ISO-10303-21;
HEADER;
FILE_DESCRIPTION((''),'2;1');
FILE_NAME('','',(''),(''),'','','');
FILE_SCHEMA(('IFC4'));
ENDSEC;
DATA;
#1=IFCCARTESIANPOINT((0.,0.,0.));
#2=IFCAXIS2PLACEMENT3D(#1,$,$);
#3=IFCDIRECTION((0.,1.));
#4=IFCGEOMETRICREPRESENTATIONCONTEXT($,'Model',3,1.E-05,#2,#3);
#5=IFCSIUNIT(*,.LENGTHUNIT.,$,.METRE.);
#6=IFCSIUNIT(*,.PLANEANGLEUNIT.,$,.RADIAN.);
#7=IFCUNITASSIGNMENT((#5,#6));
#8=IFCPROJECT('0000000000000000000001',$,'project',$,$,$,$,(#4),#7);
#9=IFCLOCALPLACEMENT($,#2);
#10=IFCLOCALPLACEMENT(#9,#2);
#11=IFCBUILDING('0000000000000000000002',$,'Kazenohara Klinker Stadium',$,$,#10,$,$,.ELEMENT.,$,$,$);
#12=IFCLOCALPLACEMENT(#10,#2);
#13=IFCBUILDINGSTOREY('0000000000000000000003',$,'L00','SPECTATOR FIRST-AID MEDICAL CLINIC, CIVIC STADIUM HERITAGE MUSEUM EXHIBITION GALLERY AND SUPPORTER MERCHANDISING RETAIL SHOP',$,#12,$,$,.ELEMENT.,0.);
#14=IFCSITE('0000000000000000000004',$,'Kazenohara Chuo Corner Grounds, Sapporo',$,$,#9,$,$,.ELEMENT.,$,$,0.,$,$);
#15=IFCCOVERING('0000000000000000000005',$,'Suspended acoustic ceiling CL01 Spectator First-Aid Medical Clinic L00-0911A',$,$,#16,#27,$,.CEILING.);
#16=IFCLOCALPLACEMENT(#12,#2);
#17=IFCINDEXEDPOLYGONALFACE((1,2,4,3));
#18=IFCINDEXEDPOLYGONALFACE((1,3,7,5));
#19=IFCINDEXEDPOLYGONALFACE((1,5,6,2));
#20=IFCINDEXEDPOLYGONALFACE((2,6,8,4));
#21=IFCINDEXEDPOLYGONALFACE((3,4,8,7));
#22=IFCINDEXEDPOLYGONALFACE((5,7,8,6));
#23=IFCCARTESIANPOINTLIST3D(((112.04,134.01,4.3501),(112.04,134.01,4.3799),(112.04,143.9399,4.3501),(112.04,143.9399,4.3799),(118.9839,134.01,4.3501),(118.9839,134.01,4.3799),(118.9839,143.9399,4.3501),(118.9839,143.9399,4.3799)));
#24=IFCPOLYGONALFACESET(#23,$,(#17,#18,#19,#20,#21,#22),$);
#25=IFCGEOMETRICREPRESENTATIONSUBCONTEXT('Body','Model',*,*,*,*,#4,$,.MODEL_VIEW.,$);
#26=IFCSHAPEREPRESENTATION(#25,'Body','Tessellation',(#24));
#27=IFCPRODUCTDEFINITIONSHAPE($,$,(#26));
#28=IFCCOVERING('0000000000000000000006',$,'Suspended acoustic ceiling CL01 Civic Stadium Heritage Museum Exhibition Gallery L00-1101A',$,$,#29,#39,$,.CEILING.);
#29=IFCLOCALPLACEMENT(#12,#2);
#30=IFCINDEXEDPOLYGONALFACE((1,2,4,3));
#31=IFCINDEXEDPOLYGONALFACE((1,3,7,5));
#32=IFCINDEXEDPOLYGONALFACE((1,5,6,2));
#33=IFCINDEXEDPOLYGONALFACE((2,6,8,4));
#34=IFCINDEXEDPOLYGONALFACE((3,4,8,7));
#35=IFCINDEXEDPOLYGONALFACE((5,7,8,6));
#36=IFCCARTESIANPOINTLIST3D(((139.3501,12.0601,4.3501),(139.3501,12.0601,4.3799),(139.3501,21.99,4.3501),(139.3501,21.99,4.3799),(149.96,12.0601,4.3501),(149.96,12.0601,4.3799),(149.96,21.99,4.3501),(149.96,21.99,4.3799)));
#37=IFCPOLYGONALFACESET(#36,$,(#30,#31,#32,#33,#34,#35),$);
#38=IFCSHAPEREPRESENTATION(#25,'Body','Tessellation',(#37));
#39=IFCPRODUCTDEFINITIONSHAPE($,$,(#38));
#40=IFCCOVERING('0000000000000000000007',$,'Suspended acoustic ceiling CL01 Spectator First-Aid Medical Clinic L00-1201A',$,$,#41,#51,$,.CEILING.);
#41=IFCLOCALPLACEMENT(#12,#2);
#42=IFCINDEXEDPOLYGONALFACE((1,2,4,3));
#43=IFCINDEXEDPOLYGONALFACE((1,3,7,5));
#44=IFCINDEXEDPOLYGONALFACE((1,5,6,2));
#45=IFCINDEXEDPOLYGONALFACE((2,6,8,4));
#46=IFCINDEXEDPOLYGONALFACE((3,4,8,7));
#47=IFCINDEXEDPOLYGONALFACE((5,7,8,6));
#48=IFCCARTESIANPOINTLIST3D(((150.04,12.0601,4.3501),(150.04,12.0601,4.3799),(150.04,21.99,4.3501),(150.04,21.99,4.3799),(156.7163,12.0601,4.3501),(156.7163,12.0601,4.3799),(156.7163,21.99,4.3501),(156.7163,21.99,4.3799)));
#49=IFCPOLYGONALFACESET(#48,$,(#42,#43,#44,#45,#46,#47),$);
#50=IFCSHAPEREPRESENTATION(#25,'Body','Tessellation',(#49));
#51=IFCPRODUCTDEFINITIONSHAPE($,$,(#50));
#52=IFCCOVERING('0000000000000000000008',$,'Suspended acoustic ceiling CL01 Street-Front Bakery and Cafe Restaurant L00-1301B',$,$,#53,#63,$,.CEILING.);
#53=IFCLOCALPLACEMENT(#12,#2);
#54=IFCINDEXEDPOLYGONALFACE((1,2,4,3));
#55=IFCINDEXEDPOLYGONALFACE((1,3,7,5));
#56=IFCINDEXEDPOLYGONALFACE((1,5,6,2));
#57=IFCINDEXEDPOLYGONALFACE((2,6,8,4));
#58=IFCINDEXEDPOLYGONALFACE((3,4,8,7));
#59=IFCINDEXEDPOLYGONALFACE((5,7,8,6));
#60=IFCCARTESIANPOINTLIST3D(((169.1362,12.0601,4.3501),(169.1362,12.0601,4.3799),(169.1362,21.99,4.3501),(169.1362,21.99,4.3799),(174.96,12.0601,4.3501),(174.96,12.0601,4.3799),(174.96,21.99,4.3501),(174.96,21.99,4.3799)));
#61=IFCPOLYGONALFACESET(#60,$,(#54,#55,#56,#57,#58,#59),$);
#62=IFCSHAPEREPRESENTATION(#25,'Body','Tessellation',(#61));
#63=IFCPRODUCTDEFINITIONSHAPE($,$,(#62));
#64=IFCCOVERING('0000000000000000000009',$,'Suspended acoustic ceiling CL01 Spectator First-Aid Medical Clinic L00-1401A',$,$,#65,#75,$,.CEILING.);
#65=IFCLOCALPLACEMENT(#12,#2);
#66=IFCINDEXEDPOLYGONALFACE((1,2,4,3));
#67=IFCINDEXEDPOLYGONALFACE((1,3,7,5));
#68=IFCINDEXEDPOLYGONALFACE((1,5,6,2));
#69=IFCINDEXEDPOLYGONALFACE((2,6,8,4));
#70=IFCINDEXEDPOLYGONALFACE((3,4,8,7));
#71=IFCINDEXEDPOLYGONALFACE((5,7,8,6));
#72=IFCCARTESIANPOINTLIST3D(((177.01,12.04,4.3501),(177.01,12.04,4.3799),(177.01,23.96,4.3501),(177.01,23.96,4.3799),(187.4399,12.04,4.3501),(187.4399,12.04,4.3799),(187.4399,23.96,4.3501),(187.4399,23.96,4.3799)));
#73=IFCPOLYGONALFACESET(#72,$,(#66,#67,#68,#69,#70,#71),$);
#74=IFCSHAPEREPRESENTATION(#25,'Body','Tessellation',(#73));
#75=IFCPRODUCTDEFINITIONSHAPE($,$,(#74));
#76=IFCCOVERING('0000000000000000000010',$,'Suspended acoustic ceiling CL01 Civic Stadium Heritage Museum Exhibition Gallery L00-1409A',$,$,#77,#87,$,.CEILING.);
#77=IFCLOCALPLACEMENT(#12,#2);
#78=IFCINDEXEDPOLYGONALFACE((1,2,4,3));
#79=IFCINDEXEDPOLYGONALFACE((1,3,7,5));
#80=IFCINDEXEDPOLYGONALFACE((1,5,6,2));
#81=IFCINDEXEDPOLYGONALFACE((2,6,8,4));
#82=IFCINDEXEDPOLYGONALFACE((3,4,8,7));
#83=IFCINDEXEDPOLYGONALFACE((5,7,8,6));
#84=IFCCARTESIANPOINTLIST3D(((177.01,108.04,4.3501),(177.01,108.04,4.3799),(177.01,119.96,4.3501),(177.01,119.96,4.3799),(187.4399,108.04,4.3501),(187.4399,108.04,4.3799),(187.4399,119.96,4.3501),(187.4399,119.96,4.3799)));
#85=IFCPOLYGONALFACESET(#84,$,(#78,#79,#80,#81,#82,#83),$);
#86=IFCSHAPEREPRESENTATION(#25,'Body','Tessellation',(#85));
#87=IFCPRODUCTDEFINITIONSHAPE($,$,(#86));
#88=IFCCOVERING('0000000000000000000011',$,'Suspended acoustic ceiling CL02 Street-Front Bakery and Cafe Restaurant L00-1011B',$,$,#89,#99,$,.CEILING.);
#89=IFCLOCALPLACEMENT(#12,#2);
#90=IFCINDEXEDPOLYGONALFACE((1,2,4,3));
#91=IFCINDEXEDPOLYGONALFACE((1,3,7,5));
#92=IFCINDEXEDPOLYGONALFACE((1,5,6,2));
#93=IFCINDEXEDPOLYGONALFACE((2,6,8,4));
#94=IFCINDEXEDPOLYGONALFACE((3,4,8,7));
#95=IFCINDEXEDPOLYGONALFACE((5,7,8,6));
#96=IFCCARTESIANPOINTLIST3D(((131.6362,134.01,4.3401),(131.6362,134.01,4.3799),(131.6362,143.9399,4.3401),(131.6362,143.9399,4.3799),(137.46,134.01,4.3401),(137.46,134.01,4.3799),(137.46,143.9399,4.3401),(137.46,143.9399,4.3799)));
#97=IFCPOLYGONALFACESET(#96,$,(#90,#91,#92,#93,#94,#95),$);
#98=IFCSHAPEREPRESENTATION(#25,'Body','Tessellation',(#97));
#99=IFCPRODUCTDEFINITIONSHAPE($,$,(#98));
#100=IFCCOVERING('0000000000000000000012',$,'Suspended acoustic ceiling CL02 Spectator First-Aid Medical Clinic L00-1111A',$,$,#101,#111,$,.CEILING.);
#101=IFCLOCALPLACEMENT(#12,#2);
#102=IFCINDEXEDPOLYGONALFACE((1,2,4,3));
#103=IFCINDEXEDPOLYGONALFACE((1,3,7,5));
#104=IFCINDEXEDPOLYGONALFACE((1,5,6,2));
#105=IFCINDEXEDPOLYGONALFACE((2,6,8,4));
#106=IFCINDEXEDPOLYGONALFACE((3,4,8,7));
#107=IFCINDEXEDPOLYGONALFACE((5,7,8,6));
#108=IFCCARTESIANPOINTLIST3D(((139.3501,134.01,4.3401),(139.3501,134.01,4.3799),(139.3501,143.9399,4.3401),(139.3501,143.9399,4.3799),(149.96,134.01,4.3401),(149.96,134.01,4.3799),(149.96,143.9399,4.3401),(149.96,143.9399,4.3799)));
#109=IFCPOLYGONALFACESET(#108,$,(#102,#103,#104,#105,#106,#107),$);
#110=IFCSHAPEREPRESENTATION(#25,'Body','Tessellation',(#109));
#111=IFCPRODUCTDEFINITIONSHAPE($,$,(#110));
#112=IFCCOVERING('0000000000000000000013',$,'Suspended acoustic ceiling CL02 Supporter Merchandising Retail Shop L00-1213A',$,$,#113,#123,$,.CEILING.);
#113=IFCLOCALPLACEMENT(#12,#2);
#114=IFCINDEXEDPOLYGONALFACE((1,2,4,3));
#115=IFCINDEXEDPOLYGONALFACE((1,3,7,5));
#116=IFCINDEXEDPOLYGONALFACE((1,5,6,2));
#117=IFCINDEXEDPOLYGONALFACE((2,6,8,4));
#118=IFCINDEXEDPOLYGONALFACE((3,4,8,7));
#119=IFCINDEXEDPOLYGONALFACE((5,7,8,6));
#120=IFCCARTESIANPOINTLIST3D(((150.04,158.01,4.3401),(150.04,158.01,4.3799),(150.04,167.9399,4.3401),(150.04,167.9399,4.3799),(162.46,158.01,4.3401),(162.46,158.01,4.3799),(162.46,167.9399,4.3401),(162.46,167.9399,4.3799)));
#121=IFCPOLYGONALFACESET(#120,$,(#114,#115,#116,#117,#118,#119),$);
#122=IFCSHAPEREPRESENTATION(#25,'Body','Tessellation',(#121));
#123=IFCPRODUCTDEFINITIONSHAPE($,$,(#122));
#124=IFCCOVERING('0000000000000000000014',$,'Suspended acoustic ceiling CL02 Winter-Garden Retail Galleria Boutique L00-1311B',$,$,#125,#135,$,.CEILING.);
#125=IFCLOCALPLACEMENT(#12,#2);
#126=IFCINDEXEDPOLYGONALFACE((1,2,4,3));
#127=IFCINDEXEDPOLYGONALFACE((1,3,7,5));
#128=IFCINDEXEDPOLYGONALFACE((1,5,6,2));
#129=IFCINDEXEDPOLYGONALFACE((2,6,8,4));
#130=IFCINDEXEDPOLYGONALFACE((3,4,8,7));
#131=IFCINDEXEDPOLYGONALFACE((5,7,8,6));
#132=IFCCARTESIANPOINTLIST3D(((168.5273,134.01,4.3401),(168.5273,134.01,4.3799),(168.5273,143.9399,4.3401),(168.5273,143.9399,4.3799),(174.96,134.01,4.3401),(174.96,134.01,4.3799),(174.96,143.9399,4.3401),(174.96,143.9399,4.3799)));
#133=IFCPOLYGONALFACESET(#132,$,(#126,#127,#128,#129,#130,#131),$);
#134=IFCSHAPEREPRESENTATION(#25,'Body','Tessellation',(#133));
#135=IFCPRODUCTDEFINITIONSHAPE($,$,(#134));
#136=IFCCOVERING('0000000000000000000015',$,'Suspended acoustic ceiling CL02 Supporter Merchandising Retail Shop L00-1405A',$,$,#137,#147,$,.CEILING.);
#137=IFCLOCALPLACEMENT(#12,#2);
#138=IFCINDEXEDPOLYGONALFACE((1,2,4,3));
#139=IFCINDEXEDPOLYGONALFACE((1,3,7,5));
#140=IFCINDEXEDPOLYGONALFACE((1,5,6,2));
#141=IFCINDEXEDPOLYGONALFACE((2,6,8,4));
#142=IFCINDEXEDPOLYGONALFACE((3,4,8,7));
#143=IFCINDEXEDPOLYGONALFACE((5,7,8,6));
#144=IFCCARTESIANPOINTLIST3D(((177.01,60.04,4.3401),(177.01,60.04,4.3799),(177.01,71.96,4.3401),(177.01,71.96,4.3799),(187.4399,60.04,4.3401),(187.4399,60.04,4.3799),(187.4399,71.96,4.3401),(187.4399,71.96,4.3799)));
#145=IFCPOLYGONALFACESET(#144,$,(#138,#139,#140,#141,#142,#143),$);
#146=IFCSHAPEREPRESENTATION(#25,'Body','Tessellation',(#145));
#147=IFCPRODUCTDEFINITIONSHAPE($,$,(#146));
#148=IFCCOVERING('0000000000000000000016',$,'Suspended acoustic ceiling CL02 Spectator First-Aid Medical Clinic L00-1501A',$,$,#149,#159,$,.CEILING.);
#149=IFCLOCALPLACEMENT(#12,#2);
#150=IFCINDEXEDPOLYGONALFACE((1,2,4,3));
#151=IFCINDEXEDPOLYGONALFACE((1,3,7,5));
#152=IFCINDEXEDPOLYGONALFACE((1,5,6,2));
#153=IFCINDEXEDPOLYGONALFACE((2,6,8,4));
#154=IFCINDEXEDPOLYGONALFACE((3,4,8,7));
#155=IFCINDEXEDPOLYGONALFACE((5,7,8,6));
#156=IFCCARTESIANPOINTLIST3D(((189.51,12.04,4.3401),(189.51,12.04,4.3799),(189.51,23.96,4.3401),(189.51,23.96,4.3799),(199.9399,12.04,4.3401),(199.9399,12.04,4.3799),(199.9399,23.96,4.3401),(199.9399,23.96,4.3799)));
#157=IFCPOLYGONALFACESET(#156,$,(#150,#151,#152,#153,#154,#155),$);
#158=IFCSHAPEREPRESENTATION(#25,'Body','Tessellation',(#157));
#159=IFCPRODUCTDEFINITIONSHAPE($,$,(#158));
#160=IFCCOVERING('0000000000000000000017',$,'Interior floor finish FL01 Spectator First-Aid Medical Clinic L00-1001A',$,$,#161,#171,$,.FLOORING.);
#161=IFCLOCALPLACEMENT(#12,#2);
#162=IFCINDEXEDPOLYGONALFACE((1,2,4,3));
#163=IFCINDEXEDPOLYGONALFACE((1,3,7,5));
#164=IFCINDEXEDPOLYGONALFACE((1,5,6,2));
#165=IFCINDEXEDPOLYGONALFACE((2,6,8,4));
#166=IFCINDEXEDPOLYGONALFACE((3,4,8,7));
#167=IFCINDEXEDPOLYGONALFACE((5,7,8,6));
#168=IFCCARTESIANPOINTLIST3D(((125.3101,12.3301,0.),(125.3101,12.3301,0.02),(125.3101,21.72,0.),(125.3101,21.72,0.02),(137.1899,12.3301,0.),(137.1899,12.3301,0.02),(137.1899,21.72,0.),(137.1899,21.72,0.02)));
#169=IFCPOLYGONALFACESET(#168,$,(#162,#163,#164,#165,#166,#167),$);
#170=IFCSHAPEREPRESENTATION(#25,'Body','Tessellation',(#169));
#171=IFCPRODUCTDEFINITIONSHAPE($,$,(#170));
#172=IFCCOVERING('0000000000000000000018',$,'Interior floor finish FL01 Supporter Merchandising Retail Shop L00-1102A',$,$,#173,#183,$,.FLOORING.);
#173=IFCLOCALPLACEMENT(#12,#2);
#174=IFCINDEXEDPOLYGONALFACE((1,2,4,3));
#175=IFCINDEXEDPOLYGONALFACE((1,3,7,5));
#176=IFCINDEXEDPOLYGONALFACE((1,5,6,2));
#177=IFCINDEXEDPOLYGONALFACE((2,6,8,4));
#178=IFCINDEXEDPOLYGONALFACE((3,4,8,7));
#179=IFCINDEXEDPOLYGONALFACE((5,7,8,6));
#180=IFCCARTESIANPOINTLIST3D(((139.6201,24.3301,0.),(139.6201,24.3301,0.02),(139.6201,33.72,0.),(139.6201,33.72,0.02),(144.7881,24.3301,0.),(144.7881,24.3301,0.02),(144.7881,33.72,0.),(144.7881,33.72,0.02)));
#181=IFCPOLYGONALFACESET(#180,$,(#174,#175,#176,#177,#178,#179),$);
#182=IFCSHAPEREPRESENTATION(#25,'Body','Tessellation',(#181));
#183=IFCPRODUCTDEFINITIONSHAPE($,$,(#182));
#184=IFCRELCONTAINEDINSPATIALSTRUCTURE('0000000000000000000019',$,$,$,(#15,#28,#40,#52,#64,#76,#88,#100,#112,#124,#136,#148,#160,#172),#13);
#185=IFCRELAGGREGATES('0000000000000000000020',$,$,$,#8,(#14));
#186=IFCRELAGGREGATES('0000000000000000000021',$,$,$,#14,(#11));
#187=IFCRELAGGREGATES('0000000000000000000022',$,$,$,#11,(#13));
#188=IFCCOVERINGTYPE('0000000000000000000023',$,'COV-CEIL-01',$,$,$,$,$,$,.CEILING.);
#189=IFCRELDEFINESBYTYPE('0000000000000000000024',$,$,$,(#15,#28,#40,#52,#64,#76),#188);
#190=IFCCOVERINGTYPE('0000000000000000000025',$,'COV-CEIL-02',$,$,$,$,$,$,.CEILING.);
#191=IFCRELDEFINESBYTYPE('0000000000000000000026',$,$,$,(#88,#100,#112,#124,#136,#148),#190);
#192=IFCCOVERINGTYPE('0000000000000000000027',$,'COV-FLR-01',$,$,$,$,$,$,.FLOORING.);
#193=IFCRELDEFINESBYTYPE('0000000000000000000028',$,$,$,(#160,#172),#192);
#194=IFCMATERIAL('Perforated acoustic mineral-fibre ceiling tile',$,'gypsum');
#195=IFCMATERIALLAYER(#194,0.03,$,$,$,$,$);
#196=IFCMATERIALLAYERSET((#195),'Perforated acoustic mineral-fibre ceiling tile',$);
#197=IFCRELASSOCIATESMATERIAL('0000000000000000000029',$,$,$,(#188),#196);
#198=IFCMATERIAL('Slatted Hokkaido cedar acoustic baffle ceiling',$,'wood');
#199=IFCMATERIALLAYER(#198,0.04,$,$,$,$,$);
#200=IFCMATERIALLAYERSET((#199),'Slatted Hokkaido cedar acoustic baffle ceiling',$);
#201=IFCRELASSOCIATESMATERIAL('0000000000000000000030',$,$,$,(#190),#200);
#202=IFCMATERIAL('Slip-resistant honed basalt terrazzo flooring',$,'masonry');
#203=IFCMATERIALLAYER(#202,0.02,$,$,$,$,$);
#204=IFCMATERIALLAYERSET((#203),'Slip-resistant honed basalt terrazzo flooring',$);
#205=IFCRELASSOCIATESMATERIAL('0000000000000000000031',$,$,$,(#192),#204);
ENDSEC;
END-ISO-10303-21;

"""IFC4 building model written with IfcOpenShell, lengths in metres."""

from ifc_helpers import new_model, si_unit, direction, frame, origin, place, context, subcontext, project, spatial, polyline, outline, extrude, material, layer, layer_set, type_object, element, save


model = new_model("IFC4")

# Units and contexts
model_context = context("Model", 3, precision=1e-05, world=origin(), true_north=direction((0.0, 1.0)))
body_context = subcontext(model_context, "Body", "Model", "MODEL_VIEW")
ifc_project = project(units=[si_unit("LENGTHUNIT", "METRE"), si_unit("PLANEANGLEUNIT", "RADIAN")], contexts=[model_context])

# Site, building, storey
site_placement = place(None, origin())
site = spatial("IfcSite", under=ifc_project, at=site_placement, Name="Kazenohara Chuo Corner Grounds, Sapporo", CompositionType="ELEMENT", RefElevation=0.0)
building_placement = place(site_placement, origin())
building = spatial("IfcBuilding", under=site, at=building_placement, Name="Kazenohara Klinker Stadium", CompositionType="ELEMENT")
storey_placement = place(building_placement, origin())
storey = spatial("IfcBuildingStorey", under=building, at=storey_placement, Name="L00", Description="SPECTATOR FIRST-AID MEDICAL CLINIC, CIVIC STADIUM HERITAGE MUSEUM EXHIBITION GALLERY AND SUPPORTER MERCHANDISING RETAIL SHOP", CompositionType="ELEMENT", Elevation=0.0)

# Coverings
ifc_material_1 = material(Name="Perforated acoustic mineral-fibre ceiling tile", Category="gypsum")
ifc_layer_1 = layer(ifc_material_1, 0.03)
ifc_layer_set_1 = layer_set([ifc_layer_1], Name="Perforated acoustic mineral-fibre ceiling tile")
covering_type_1 = type_object("IfcCoveringType", Name="COV-CEIL-01", PredefinedType="CEILING", material=ifc_layer_set_1)
covering_1_placement = place(storey_placement, frame((0.0, 0.0, 4.3501)))
element("IfcCovering", 1, at=covering_1_placement, inside=storey, type_object=covering_type_1, Name="Suspended acoustic ceiling CL01 Spectator First-Aid Medical Clinic L00-0911A", PredefinedType="CEILING", context=body_context, shape_type="SweptSolid", body=[
    extrude(outline(polyline([(112.04, 134.01), (118.9839, 134.01), (118.9839, 143.9399), (112.04, 143.9399), (112.04, 134.01)])), origin(), (0.0, 0.0, 1.0), 0.0298),
])
covering_2_placement = place(storey_placement, frame((0.0, 0.0, 4.3501)))
element("IfcCovering", 2, at=covering_2_placement, inside=storey, type_object=covering_type_1, Name="Suspended acoustic ceiling CL01 Civic Stadium Heritage Museum Exhibition Gallery L00-1101A", PredefinedType="CEILING", context=body_context, shape_type="SweptSolid", body=[
    extrude(outline(polyline([(139.3501, 12.0601), (149.96, 12.0601), (149.96, 21.99), (139.3501, 21.99), (139.3501, 12.0601)])), origin(), (0.0, 0.0, 1.0), 0.0298),
])
covering_3_placement = place(storey_placement, frame((0.0, 0.0, 4.3501)))
element("IfcCovering", 3, at=covering_3_placement, inside=storey, type_object=covering_type_1, Name="Suspended acoustic ceiling CL01 Spectator First-Aid Medical Clinic L00-1201A", PredefinedType="CEILING", context=body_context, shape_type="SweptSolid", body=[
    extrude(outline(polyline([(150.04, 12.0601), (156.7163, 12.0601), (156.7163, 21.99), (150.04, 21.99), (150.04, 12.0601)])), origin(), (0.0, 0.0, 1.0), 0.0298),
])
covering_4_placement = place(storey_placement, frame((0.0, 0.0, 4.3501)))
element("IfcCovering", 4, at=covering_4_placement, inside=storey, type_object=covering_type_1, Name="Suspended acoustic ceiling CL01 Street-Front Bakery and Cafe Restaurant L00-1301B", PredefinedType="CEILING", context=body_context, shape_type="SweptSolid", body=[
    extrude(outline(polyline([(169.1362, 12.0601), (174.96, 12.0601), (174.96, 21.99), (169.1362, 21.99), (169.1362, 12.0601)])), origin(), (0.0, 0.0, 1.0), 0.0298),
])
covering_5_placement = place(storey_placement, frame((0.0, 0.0, 4.3501)))
element("IfcCovering", 5, at=covering_5_placement, inside=storey, type_object=covering_type_1, Name="Suspended acoustic ceiling CL01 Spectator First-Aid Medical Clinic L00-1401A", PredefinedType="CEILING", context=body_context, shape_type="SweptSolid", body=[
    extrude(outline(polyline([(177.01, 12.04), (187.4399, 12.04), (187.4399, 23.96), (177.01, 23.96), (177.01, 12.04)])), origin(), (0.0, 0.0, 1.0), 0.0298),
])
covering_6_placement = place(storey_placement, frame((0.0, 0.0, 4.3501)))
element("IfcCovering", 6, at=covering_6_placement, inside=storey, type_object=covering_type_1, Name="Suspended acoustic ceiling CL01 Civic Stadium Heritage Museum Exhibition Gallery L00-1409A", PredefinedType="CEILING", context=body_context, shape_type="SweptSolid", body=[
    extrude(outline(polyline([(177.01, 108.04), (187.4399, 108.04), (187.4399, 119.96), (177.01, 119.96), (177.01, 108.04)])), origin(), (0.0, 0.0, 1.0), 0.0298),
])
ifc_material_2 = material(Name="Slatted Hokkaido cedar acoustic baffle ceiling", Category="wood")
ifc_layer_2 = layer(ifc_material_2, 0.04)
ifc_layer_set_2 = layer_set([ifc_layer_2], Name="Slatted Hokkaido cedar acoustic baffle ceiling")
covering_type_2 = type_object("IfcCoveringType", Name="COV-CEIL-02", PredefinedType="CEILING", material=ifc_layer_set_2)
covering_7_placement = place(storey_placement, frame((0.0, 0.0, 4.3401)))
element("IfcCovering", 7, at=covering_7_placement, inside=storey, type_object=covering_type_2, Name="Suspended acoustic ceiling CL02 Street-Front Bakery and Cafe Restaurant L00-1011B", PredefinedType="CEILING", context=body_context, shape_type="SweptSolid", body=[
    extrude(outline(polyline([(131.6362, 134.01), (137.46, 134.01), (137.46, 143.9399), (131.6362, 143.9399), (131.6362, 134.01)])), origin(), (0.0, 0.0, 1.0), 0.0398),
])
covering_8_placement = place(storey_placement, frame((0.0, 0.0, 4.3401)))
element("IfcCovering", 8, at=covering_8_placement, inside=storey, type_object=covering_type_2, Name="Suspended acoustic ceiling CL02 Spectator First-Aid Medical Clinic L00-1111A", PredefinedType="CEILING", context=body_context, shape_type="SweptSolid", body=[
    extrude(outline(polyline([(139.3501, 134.01), (149.96, 134.01), (149.96, 143.9399), (139.3501, 143.9399), (139.3501, 134.01)])), origin(), (0.0, 0.0, 1.0), 0.0398),
])
covering_9_placement = place(storey_placement, frame((0.0, 0.0, 4.3401)))
element("IfcCovering", 9, at=covering_9_placement, inside=storey, type_object=covering_type_2, Name="Suspended acoustic ceiling CL02 Supporter Merchandising Retail Shop L00-1213A", PredefinedType="CEILING", context=body_context, shape_type="SweptSolid", body=[
    extrude(outline(polyline([(150.04, 158.01), (162.46, 158.01), (162.46, 167.9399), (150.04, 167.9399), (150.04, 158.01)])), origin(), (0.0, 0.0, 1.0), 0.0398),
])
covering_10_placement = place(storey_placement, frame((0.0, 0.0, 4.3401)))
element("IfcCovering", 10, at=covering_10_placement, inside=storey, type_object=covering_type_2, Name="Suspended acoustic ceiling CL02 Winter-Garden Retail Galleria Boutique L00-1311B", PredefinedType="CEILING", context=body_context, shape_type="SweptSolid", body=[
    extrude(outline(polyline([(168.5273, 134.01), (174.96, 134.01), (174.96, 143.9399), (168.5273, 143.9399), (168.5273, 134.01)])), origin(), (0.0, 0.0, 1.0), 0.0398),
])
covering_11_placement = place(storey_placement, frame((0.0, 0.0, 4.3401)))
element("IfcCovering", 11, at=covering_11_placement, inside=storey, type_object=covering_type_2, Name="Suspended acoustic ceiling CL02 Supporter Merchandising Retail Shop L00-1405A", PredefinedType="CEILING", context=body_context, shape_type="SweptSolid", body=[
    extrude(outline(polyline([(177.01, 60.04), (187.4399, 60.04), (187.4399, 71.96), (177.01, 71.96), (177.01, 60.04)])), origin(), (0.0, 0.0, 1.0), 0.0398),
])
covering_12_placement = place(storey_placement, frame((0.0, 0.0, 4.3401)))
element("IfcCovering", 12, at=covering_12_placement, inside=storey, type_object=covering_type_2, Name="Suspended acoustic ceiling CL02 Spectator First-Aid Medical Clinic L00-1501A", PredefinedType="CEILING", context=body_context, shape_type="SweptSolid", body=[
    extrude(outline(polyline([(189.51, 12.04), (199.9399, 12.04), (199.9399, 23.96), (189.51, 23.96), (189.51, 12.04)])), origin(), (0.0, 0.0, 1.0), 0.0398),
])
ifc_material_3 = material(Name="Slip-resistant honed basalt terrazzo flooring", Category="masonry")
ifc_layer_3 = layer(ifc_material_3, 0.02)
ifc_layer_set_3 = layer_set([ifc_layer_3], Name="Slip-resistant honed basalt terrazzo flooring")
covering_type_3 = type_object("IfcCoveringType", Name="COV-FLR-01", PredefinedType="FLOORING", material=ifc_layer_set_3)
covering_13_placement = place(storey_placement, origin())
element("IfcCovering", 13, at=covering_13_placement, inside=storey, type_object=covering_type_3, Name="Interior floor finish FL01 Spectator First-Aid Medical Clinic L00-1001A", PredefinedType="FLOORING", context=body_context, shape_type="SweptSolid", body=[
    extrude(outline(polyline([(125.3101, 12.3301), (137.1899, 12.3301), (137.1899, 21.72), (125.3101, 21.72), (125.3101, 12.3301)])), origin(), (0.0, 0.0, 1.0), 0.02),
])
covering_14_placement = place(storey_placement, origin())
element("IfcCovering", 14, at=covering_14_placement, inside=storey, type_object=covering_type_3, Name="Interior floor finish FL01 Supporter Merchandising Retail Shop L00-1102A", PredefinedType="FLOORING", context=body_context, shape_type="SweptSolid", body=[
    extrude(outline(polyline([(139.6201, 24.3301), (144.7881, 24.3301), (144.7881, 33.72), (139.6201, 33.72), (139.6201, 24.3301)])), origin(), (0.0, 0.0, 1.0), 0.02),
])

save(model, "model.ifc")
